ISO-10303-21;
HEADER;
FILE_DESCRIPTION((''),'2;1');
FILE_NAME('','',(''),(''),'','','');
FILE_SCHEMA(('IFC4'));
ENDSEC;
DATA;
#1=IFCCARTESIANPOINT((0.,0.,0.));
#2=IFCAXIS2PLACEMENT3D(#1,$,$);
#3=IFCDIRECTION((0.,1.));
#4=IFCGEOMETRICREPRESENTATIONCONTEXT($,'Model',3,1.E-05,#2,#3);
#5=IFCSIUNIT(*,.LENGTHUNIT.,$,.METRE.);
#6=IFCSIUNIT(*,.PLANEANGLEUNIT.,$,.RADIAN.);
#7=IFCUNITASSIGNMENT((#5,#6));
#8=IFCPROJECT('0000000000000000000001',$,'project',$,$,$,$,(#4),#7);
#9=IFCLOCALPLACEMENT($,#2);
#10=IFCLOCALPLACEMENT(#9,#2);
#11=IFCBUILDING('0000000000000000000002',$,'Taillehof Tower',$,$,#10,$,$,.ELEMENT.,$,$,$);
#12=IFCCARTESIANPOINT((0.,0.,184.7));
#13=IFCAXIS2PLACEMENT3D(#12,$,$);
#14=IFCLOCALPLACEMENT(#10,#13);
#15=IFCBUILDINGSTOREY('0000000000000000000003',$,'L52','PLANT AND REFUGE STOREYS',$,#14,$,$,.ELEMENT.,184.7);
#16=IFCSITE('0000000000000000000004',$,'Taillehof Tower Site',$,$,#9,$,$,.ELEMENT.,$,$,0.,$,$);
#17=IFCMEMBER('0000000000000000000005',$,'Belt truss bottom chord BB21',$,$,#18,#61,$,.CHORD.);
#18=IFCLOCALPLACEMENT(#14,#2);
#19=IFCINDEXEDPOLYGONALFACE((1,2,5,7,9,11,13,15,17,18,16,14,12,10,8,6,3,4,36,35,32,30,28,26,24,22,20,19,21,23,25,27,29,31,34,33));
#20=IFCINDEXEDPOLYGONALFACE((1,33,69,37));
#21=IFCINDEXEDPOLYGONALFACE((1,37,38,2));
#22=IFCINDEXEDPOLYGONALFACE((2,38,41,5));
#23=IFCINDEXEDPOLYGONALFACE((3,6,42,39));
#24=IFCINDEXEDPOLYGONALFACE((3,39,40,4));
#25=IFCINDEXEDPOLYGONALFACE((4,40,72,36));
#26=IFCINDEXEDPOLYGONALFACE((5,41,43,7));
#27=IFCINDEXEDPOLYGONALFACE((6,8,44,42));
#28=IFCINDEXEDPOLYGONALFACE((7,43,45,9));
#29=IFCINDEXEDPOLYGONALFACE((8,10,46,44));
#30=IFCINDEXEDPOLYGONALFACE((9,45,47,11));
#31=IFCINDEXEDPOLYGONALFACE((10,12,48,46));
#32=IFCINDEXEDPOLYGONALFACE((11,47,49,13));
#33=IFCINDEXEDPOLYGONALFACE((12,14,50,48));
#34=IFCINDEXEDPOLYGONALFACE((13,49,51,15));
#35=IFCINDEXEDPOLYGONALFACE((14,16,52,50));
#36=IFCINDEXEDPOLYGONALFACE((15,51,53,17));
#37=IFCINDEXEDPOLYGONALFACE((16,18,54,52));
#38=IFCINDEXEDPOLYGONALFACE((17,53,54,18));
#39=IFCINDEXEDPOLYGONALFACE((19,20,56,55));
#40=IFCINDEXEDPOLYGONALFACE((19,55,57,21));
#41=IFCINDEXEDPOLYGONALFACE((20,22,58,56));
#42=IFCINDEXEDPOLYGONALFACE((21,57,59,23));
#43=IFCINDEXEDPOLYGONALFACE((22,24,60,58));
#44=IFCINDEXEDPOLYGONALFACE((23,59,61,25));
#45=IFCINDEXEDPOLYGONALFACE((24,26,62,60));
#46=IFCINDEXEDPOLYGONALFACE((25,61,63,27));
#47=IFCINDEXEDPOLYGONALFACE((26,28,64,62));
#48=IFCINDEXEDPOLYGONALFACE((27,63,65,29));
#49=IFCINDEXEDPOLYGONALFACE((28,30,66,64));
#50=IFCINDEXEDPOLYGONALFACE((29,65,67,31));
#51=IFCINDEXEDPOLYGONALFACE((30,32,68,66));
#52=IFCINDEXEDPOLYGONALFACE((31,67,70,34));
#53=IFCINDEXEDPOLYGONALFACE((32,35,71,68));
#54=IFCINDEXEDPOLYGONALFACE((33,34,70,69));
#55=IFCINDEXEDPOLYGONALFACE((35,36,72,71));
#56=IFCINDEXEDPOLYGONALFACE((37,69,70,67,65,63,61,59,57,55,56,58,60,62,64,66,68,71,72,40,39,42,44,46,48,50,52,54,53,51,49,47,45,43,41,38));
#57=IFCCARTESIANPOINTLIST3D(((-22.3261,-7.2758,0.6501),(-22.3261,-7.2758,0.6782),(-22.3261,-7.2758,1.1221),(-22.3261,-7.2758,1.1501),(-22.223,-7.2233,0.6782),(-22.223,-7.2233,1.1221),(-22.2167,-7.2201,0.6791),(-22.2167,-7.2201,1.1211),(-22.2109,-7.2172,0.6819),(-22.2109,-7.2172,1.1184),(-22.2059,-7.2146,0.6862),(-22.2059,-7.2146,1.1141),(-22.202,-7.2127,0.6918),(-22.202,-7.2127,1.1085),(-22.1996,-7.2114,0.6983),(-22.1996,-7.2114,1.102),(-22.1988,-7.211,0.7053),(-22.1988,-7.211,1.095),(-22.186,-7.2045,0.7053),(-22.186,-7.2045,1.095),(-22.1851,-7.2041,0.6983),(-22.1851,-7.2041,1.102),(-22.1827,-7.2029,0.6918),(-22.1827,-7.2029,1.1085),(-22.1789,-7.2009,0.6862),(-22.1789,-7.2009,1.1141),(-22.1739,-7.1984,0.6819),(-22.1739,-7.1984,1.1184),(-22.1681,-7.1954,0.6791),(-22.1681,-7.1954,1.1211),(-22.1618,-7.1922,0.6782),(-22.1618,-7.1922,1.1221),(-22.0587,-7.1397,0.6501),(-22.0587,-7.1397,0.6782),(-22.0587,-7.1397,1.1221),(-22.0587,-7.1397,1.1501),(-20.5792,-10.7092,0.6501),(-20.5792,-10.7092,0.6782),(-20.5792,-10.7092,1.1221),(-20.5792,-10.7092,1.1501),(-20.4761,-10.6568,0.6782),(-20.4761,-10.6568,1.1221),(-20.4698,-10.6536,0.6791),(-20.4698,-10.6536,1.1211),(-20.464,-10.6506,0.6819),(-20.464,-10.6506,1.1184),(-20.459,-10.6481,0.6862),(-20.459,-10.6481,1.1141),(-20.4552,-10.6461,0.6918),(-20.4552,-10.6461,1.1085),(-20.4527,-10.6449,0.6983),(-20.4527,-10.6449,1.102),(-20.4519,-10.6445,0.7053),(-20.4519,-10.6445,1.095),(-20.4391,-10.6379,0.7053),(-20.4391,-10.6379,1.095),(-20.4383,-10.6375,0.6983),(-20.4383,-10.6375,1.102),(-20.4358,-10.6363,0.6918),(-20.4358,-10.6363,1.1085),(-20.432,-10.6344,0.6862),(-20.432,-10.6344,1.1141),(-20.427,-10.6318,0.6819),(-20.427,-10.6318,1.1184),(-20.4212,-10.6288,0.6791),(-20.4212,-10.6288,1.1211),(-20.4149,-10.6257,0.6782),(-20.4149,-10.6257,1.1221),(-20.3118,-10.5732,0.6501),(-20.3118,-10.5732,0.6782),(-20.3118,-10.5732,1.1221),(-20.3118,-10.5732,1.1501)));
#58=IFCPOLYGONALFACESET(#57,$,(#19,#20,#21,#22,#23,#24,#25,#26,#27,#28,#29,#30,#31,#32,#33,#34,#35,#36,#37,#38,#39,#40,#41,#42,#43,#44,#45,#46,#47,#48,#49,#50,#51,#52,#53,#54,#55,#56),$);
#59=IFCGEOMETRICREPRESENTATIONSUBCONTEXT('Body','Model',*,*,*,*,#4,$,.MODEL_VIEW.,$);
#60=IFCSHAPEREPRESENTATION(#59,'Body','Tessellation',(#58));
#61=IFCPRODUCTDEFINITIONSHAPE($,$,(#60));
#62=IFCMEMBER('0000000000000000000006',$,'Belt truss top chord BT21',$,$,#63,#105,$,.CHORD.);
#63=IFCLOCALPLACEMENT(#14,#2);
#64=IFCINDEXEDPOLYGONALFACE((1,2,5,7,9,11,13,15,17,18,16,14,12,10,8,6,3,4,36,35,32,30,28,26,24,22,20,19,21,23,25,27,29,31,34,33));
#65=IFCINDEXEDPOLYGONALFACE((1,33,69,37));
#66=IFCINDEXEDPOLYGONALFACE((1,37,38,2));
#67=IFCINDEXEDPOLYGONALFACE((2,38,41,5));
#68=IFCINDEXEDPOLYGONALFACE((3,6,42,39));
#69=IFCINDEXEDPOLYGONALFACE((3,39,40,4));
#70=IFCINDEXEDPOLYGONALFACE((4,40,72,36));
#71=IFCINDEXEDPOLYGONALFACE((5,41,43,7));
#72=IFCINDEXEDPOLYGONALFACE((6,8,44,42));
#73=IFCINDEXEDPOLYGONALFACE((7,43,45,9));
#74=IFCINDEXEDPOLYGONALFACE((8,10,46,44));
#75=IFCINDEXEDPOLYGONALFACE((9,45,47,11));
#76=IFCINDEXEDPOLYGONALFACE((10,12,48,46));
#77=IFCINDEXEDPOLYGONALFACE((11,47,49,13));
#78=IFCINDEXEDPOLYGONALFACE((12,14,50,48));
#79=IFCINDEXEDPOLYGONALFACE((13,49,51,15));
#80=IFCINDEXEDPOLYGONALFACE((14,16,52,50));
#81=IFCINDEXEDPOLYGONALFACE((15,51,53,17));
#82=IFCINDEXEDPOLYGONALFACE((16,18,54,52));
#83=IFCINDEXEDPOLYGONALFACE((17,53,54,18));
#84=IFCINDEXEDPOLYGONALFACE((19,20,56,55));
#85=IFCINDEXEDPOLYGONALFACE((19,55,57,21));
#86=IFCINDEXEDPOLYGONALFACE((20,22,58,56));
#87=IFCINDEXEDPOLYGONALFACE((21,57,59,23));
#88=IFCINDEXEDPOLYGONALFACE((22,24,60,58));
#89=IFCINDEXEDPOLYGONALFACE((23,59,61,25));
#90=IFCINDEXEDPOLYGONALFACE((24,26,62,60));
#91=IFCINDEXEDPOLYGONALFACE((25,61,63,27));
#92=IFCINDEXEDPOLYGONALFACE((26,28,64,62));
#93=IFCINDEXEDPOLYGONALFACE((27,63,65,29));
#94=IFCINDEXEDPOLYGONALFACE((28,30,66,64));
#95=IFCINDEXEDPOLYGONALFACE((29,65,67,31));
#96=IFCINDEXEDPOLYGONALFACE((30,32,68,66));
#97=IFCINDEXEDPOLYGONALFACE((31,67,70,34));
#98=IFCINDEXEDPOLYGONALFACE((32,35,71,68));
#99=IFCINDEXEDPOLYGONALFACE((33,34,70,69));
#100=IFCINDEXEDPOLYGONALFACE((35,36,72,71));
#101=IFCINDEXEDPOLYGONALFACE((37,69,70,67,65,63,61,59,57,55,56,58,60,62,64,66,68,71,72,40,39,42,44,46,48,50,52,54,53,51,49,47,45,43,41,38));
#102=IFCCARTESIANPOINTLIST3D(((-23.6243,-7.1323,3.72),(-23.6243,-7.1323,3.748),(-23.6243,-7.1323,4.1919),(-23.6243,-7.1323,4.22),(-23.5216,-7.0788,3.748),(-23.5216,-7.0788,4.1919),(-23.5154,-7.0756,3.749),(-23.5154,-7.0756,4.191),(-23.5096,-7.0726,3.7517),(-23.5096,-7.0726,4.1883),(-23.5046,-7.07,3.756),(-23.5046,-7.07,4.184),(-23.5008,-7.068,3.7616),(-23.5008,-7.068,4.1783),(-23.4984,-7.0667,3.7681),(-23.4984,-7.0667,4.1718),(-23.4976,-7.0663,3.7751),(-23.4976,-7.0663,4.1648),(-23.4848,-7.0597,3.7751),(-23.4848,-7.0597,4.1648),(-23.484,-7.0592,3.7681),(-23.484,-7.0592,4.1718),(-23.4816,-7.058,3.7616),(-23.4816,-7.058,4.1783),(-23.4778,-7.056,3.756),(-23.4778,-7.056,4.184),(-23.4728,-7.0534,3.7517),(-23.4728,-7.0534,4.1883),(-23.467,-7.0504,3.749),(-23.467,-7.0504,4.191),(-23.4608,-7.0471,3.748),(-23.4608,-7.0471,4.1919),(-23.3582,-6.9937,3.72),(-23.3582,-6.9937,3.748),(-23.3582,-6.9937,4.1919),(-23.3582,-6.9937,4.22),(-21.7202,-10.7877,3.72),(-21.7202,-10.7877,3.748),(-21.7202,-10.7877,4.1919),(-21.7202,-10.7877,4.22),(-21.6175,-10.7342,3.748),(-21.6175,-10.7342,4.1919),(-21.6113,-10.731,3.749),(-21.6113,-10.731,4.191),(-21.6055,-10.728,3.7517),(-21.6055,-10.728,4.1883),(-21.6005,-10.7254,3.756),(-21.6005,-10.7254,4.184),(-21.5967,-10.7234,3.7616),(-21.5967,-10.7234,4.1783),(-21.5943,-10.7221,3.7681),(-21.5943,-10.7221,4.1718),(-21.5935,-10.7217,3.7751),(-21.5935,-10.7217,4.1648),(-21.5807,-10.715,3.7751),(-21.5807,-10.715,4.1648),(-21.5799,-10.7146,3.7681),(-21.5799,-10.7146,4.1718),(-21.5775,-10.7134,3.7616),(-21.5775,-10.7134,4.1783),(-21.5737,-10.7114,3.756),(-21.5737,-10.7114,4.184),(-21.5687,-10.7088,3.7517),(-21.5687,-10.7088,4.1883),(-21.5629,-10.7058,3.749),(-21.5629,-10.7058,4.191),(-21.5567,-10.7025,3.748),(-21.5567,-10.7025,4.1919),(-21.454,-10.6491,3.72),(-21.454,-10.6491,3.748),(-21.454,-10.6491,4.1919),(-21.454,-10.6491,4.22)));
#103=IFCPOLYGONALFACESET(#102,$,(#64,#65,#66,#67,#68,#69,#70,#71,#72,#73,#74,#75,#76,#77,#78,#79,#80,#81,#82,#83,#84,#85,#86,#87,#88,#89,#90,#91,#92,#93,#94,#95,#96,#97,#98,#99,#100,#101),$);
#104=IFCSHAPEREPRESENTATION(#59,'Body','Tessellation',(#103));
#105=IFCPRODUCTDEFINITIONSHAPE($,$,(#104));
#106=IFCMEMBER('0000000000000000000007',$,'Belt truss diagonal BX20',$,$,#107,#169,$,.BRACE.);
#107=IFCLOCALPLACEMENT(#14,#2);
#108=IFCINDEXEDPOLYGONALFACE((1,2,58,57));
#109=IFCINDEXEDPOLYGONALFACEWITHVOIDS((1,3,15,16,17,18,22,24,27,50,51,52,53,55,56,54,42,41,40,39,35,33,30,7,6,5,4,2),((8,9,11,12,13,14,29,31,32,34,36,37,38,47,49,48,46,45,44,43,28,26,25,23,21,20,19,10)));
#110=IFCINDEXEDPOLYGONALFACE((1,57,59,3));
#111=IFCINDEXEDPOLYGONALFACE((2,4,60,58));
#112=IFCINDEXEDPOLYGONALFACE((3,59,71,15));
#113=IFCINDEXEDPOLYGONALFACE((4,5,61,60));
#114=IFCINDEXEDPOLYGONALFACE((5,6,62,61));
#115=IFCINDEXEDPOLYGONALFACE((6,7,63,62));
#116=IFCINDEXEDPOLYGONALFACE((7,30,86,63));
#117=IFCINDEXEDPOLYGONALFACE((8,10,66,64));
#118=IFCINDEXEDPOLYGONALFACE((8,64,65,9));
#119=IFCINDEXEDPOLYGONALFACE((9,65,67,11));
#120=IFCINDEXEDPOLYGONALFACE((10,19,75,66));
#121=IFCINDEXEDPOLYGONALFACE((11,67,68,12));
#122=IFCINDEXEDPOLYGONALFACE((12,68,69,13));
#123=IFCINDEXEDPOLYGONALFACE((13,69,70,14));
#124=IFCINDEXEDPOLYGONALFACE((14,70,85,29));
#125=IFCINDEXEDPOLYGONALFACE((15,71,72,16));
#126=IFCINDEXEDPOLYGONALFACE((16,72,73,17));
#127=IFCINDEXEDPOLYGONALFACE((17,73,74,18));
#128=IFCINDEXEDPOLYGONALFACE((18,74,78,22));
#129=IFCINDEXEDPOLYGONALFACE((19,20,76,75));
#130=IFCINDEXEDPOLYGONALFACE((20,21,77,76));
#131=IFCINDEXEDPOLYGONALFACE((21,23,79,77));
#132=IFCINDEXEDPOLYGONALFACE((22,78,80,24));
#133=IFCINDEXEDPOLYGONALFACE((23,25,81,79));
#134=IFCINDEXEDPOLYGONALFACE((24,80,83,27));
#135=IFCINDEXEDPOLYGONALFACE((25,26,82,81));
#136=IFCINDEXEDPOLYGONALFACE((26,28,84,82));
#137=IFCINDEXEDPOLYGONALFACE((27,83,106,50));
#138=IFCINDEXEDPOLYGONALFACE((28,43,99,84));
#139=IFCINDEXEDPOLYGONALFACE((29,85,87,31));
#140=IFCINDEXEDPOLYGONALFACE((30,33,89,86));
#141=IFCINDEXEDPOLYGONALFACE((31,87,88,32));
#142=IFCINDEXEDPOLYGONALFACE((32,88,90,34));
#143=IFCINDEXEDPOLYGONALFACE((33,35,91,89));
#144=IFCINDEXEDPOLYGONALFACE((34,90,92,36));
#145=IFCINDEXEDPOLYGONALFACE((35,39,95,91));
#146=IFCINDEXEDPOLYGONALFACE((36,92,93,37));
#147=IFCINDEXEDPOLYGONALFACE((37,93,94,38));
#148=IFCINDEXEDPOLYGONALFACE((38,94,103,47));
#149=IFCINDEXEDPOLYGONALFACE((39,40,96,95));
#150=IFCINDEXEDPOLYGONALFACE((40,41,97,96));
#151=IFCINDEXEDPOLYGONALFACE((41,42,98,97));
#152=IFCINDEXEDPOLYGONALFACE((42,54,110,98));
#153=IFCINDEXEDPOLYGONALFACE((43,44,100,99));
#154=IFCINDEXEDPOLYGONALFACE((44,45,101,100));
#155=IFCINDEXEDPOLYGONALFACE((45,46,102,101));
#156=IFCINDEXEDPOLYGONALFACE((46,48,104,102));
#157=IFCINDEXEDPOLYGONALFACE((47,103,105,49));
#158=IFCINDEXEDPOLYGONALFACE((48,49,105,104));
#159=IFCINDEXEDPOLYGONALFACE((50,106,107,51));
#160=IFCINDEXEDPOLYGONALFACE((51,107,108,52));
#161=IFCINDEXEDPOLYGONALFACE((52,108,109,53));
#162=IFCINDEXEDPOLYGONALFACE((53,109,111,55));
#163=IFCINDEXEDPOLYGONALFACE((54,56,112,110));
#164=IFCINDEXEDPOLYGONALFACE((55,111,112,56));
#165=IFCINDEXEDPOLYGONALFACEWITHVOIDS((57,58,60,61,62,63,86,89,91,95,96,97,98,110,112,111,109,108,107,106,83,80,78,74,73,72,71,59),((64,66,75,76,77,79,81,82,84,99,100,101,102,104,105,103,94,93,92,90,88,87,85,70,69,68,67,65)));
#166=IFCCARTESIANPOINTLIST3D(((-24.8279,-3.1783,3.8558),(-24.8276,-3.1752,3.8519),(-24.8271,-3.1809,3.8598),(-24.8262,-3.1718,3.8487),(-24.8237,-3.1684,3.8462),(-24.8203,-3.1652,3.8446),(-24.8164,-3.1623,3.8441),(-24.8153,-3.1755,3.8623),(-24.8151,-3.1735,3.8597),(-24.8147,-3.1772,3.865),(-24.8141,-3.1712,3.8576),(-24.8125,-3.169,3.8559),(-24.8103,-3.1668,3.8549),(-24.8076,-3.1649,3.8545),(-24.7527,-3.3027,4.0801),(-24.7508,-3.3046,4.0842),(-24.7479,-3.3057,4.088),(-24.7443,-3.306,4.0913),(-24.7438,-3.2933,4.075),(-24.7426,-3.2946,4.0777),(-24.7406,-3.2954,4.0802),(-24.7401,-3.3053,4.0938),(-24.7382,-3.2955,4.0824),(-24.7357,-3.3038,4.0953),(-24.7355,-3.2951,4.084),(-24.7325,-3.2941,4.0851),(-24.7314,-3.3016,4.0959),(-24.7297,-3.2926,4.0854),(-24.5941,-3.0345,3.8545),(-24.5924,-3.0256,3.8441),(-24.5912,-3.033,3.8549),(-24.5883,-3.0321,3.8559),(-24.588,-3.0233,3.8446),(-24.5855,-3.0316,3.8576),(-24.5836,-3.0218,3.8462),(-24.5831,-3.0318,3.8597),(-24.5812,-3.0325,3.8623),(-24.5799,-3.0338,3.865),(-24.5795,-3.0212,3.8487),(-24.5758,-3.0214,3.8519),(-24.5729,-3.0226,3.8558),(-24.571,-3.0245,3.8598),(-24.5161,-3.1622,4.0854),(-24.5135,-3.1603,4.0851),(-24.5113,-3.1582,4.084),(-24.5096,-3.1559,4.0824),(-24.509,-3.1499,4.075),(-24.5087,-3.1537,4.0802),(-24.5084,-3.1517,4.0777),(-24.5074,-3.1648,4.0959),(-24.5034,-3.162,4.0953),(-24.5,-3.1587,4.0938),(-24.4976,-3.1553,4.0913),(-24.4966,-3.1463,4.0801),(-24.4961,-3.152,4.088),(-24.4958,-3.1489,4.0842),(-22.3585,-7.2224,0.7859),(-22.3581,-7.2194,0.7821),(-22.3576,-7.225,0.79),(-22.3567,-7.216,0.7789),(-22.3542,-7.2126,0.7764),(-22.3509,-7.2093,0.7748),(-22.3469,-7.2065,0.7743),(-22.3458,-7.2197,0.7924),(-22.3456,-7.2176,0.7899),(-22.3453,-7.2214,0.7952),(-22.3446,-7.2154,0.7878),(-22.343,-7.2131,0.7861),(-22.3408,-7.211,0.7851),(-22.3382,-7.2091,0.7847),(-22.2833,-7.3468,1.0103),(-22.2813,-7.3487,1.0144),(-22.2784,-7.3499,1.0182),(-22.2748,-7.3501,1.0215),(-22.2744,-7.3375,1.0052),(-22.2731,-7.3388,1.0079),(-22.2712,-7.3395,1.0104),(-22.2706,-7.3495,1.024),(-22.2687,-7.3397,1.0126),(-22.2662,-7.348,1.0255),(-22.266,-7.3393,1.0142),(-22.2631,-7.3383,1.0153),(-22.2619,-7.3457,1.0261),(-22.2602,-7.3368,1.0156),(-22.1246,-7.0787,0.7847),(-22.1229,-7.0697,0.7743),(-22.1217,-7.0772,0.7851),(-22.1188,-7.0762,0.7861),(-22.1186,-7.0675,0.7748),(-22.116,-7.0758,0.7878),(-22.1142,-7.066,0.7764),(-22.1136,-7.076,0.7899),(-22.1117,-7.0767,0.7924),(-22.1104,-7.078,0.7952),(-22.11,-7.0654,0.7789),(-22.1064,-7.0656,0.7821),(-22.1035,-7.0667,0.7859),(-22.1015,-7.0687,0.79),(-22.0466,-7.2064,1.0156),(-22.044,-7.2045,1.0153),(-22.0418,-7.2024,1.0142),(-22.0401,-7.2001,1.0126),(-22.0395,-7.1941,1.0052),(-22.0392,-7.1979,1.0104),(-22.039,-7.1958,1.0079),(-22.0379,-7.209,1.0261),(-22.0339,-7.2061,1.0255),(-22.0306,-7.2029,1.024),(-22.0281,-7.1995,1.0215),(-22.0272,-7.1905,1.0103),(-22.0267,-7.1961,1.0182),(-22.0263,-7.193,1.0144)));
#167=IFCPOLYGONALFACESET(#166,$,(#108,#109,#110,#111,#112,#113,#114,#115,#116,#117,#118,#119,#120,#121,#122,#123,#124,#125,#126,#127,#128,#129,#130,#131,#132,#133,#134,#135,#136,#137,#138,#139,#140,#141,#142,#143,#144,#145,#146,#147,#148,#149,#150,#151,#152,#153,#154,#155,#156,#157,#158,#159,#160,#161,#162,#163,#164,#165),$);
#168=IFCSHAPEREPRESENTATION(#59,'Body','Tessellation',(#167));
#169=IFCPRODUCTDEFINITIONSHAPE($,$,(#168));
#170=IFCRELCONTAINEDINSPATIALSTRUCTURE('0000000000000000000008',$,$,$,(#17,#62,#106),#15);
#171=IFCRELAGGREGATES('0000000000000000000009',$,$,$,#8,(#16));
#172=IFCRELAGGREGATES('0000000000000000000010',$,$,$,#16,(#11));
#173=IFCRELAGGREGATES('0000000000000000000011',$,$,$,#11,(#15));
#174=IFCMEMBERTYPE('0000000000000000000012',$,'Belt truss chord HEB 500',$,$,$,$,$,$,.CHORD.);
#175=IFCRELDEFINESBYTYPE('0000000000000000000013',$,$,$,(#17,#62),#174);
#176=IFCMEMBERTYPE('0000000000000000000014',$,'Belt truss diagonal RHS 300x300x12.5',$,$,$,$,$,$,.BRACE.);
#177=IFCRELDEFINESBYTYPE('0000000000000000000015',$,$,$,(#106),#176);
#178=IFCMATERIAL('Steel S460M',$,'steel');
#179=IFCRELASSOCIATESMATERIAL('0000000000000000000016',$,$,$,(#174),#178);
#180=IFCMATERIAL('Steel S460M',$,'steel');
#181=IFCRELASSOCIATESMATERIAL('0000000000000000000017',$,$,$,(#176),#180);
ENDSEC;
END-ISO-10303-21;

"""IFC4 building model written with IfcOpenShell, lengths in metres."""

from ifc_helpers import new_model, si_unit, direction, frame, origin, origin_2d, place, context, subcontext, project, spatial, hollow_rectangle, i_section, extrude, material, material_profile, profile_set, type_object, element, save


model = new_model("IFC4")

# Units and contexts
model_context = context("Model", 3, precision=1e-05, world=origin(), true_north=direction((0.0, 1.0)))
body_context = subcontext(model_context, "Body", "Model", "MODEL_VIEW")
ifc_project = project(units=[si_unit("LENGTHUNIT", "METRE"), si_unit("PLANEANGLEUNIT", "RADIAN")], contexts=[model_context])

# Site, building, storey
site_placement = place(None, origin())
site = spatial("IfcSite", under=ifc_project, at=site_placement, Name="Taillehof Tower Site", CompositionType="ELEMENT", RefElevation=0.0)
building_placement = place(site_placement, origin())
building = spatial("IfcBuilding", under=site, at=building_placement, Name="Taillehof Tower", CompositionType="ELEMENT")
storey_placement = place(building_placement, frame((0.0, 0.0, 184.7)))
storey = spatial("IfcBuildingStorey", under=building, at=storey_placement, Name="L52", Description="PLANT AND REFUGE STOREYS", CompositionType="ELEMENT", Elevation=184.7)

# Members
ifc_material_1 = material(Name="Steel S460M", Category="steel")
ifc_material_profile_1 = material_profile(ifc_material_1, i_section(OverallWidth=0.3, OverallDepth=0.5, WebThickness=0.0144, FlangeThickness=0.0281, FilletRadius=0.0271, at=origin_2d()), Name="HEB 500")
ifc_profile_set_1 = profile_set([ifc_material_profile_1], Name="Steel S460M")
member_type_1 = type_object("IfcMemberType", Name="Belt truss chord HEB 500", PredefinedType="CHORD", material=ifc_profile_set_1)
member_1_placement = place(storey_placement, frame((-22.1924, -7.2078, 0.9001), z_axis=(0.453464, -0.891274, 0.0), x_axis=(0.891274, 0.453464, 0.0)))
element("IfcMember", 1, at=member_1_placement, inside=storey, type_object=member_type_1, Name="Belt truss bottom chord BB21", PredefinedType="CHORD", context=body_context, shape_type="SweptSolid", body=[
    extrude(i_section(OverallWidth=0.3, OverallDepth=0.5, WebThickness=0.0144, FlangeThickness=0.0281, FilletRadius=0.0271, at=origin_2d()), origin(), (0.0, 0.0, 1.0), 3.8523),
])
member_2_placement = place(storey_placement, frame((-23.4912, -7.063, 3.97), z_axis=(0.461985, -0.886888, 0.0), x_axis=(0.886888, 0.461985, 0.0)))
element("IfcMember", 2, at=member_2_placement, inside=storey, type_object=member_type_1, Name="Belt truss top chord BT21", PredefinedType="CHORD", context=body_context, shape_type="SweptSolid", body=[
    extrude(i_section(OverallWidth=0.3, OverallDepth=0.5, WebThickness=0.0144, FlangeThickness=0.0281, FilletRadius=0.0271, at=origin_2d()), origin(), (0.0, 0.0, 1.0), 4.1216),
])
ifc_material_2 = material(Name="Steel S460M", Category="steel")
ifc_material_profile_2 = material_profile(ifc_material_2, hollow_rectangle(XDim=0.3, YDim=0.3, WallThickness=0.0125, InnerFilletRadius=0.0125, OuterFilletRadius=0.0188, at=origin_2d()), Name="RHS 300x300x12.5")
ifc_profile_set_2 = profile_set([ifc_material_profile_2], Name="Steel S460M")
member_type_2 = type_object("IfcMemberType", Name="Belt truss diagonal RHS 300x300x12.5", PredefinedType="BRACE", material=ifc_profile_set_2)
member_3_placement = place(storey_placement, frame((-24.6619, -3.1636, 3.97), z_axis=(0.437384, -0.716289, -0.543714), x_axis=(0.853466, 0.521148, 0.0)))
element("IfcMember", 3, at=member_3_placement, inside=storey, type_object=member_type_2, Name="Belt truss diagonal BX20", PredefinedType="BRACE", context=body_context, shape_type="SweptSolid", body=[
    extrude(hollow_rectangle(XDim=0.3, YDim=0.3, WallThickness=0.0125, InnerFilletRadius=0.0125, OuterFilletRadius=0.0188, at=origin_2d()), origin(), (0.0, 0.0, 1.0), 5.646),
])

save(model, "model.ifc")
